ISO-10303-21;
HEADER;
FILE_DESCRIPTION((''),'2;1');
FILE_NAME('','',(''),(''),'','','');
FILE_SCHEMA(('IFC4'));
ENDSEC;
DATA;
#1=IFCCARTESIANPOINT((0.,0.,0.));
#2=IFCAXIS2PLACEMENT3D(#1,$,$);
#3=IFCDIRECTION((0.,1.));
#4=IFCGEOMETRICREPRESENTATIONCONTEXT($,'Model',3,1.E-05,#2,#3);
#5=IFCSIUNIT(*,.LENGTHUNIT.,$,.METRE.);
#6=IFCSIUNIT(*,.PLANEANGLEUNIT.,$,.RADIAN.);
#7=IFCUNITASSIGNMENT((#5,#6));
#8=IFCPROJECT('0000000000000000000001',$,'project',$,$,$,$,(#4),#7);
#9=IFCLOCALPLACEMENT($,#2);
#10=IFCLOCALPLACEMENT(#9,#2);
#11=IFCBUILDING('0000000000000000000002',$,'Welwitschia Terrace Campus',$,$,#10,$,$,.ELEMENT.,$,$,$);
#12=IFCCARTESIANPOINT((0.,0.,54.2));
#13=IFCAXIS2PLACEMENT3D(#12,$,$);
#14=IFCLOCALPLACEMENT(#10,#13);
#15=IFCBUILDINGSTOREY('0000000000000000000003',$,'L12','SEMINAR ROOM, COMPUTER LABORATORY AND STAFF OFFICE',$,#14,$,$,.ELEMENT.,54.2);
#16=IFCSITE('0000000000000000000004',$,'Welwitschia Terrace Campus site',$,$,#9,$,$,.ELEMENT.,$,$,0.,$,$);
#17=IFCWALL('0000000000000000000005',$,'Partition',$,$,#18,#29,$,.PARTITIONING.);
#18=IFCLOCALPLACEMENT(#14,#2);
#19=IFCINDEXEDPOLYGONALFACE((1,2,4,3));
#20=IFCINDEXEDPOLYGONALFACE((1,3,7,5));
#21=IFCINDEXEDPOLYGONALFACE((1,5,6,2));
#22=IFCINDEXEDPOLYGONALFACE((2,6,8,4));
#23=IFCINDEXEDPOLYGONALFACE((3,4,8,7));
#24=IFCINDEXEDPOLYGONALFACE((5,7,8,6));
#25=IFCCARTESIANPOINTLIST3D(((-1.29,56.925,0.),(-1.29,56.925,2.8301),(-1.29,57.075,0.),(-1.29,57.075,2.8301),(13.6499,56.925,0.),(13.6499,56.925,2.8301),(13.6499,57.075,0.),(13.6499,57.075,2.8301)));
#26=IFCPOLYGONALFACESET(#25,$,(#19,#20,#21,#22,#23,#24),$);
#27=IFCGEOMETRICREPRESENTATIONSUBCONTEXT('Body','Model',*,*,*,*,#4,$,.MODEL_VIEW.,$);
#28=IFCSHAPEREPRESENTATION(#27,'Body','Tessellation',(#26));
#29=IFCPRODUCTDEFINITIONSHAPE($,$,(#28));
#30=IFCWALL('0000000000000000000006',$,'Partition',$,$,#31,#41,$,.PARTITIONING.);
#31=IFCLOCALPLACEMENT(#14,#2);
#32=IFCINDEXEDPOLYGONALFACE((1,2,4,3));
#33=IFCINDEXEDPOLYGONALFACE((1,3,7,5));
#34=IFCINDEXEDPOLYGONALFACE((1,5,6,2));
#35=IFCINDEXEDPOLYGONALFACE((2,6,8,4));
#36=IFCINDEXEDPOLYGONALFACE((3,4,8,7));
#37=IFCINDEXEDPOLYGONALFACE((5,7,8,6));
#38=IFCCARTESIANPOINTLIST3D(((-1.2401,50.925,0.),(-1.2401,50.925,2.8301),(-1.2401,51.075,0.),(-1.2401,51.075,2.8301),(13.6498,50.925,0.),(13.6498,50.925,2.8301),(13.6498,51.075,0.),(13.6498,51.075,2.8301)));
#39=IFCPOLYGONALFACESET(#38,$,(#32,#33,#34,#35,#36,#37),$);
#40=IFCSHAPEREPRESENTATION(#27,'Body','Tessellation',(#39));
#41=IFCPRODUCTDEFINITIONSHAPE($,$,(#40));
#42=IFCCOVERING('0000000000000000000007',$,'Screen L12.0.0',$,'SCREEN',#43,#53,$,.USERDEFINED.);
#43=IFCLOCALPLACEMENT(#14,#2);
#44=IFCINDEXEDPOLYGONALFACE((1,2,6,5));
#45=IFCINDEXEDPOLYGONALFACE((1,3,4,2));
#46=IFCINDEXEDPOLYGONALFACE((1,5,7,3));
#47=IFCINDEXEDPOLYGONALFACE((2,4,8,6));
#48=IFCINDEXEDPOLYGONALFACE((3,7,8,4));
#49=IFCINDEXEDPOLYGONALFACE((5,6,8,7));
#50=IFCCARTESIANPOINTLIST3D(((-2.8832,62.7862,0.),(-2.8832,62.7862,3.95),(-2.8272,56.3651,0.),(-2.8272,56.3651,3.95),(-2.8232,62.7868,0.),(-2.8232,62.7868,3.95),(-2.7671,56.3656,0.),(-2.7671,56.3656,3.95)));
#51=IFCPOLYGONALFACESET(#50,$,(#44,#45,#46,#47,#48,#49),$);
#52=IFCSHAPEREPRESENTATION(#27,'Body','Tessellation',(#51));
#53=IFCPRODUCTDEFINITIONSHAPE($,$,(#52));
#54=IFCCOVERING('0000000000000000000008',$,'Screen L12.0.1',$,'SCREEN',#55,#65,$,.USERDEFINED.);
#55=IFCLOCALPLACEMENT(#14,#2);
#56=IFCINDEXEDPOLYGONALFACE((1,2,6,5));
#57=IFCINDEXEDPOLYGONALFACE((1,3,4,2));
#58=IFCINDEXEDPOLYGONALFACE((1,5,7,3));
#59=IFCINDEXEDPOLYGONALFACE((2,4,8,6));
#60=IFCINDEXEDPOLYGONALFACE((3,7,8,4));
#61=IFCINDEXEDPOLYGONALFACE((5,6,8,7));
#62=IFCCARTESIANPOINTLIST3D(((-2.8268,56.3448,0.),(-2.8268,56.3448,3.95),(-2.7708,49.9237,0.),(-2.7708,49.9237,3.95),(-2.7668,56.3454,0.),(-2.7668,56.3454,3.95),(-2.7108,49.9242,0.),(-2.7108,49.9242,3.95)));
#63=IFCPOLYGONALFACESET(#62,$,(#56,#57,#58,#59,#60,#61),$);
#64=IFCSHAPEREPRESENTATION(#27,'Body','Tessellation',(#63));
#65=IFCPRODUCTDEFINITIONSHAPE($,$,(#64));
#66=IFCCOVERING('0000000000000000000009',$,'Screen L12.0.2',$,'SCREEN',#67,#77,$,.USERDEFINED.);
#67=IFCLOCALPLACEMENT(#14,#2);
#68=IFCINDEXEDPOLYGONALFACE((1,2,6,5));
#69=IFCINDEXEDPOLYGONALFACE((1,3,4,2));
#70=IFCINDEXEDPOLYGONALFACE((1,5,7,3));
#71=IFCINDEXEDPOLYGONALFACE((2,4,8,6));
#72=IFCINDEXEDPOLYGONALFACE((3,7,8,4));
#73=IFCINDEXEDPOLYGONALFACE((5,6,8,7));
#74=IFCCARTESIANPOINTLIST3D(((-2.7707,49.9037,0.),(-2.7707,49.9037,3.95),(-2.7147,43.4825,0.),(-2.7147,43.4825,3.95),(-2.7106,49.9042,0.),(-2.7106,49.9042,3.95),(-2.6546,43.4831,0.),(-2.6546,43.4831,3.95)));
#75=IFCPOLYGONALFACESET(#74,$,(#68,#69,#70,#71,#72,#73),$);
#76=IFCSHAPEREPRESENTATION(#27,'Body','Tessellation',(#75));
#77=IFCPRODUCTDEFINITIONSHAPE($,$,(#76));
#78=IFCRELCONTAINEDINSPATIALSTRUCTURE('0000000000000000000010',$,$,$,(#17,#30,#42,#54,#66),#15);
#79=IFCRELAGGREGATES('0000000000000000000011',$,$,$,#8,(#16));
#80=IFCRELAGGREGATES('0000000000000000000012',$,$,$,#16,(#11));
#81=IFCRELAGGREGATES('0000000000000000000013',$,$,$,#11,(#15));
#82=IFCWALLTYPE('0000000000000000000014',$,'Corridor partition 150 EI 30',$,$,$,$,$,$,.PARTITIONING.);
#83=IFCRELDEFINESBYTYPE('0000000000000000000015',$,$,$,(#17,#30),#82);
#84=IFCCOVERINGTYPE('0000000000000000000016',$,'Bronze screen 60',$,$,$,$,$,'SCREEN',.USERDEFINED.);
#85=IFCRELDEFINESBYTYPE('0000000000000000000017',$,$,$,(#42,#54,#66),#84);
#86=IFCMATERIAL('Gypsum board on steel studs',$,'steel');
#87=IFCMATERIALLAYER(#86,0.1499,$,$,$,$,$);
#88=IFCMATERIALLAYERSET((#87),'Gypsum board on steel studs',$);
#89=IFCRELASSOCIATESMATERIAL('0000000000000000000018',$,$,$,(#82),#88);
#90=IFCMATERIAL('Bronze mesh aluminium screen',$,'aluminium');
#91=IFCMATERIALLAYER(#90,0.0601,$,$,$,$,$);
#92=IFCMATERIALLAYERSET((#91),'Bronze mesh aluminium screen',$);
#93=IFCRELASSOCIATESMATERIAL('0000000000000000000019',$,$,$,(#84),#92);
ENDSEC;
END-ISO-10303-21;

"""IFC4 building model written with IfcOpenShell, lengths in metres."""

from ifc_helpers import new_model, si_unit, direction, frame, frame_2d, origin, origin_2d, place, context, subcontext, project, spatial, rectangle, extrude, material, layer, layer_set, type_object, element, save


model = new_model("IFC4")

# Units and contexts
model_context = context("Model", 3, precision=1e-05, world=origin(), true_north=direction((0.0, 1.0)))
body_context = subcontext(model_context, "Body", "Model", "MODEL_VIEW")
ifc_project = project(units=[si_unit("LENGTHUNIT", "METRE"), si_unit("PLANEANGLEUNIT", "RADIAN")], contexts=[model_context])

# Site, building, storey
site_placement = place(None, origin())
site = spatial("IfcSite", under=ifc_project, at=site_placement, Name="Welwitschia Terrace Campus site", CompositionType="ELEMENT", RefElevation=0.0)
building_placement = place(site_placement, origin())
building = spatial("IfcBuilding", under=site, at=building_placement, Name="Welwitschia Terrace Campus", CompositionType="ELEMENT")
storey_placement = place(building_placement, frame((0.0, 0.0, 54.2)))
storey = spatial("IfcBuildingStorey", under=building, at=storey_placement, Name="L12", Description="SEMINAR ROOM, COMPUTER LABORATORY AND STAFF OFFICE", CompositionType="ELEMENT", Elevation=54.2)

# Walls
ifc_material_1 = material(Name="Gypsum board on steel studs", Category="steel")
ifc_layer_1 = layer(ifc_material_1, 0.1499)
ifc_layer_set_1 = layer_set([ifc_layer_1], Name="Gypsum board on steel studs")
wall_type = type_object("IfcWallType", Name="Corridor partition 150 EI 30", PredefinedType="PARTITIONING", material=ifc_layer_set_1)
wall_1_placement = place(storey_placement, frame((-1.29, 57.0, 0.0), z_axis=(0.0, 0.0, 1.0), x_axis=(1.0, 0.0, 0.0)))
element("IfcWall", 1, at=wall_1_placement, inside=storey, type_object=wall_type, Name="Partition", PredefinedType="PARTITIONING", context=body_context, shape_type="SweptSolid", body=[
    extrude(rectangle(XDim=14.9399, YDim=0.1499, at=frame_2d((7.47, 0.0))), origin(), (0.0, 0.0, 1.0), 2.8301),
])
wall_2_placement = place(storey_placement, frame((-1.24, 51.0, 0.0), z_axis=(0.0, 0.0, 1.0), x_axis=(1.0, 0.0, 0.0)))
element("IfcWall", 2, at=wall_2_placement, inside=storey, type_object=wall_type, Name="Partition", PredefinedType="PARTITIONING", context=body_context, shape_type="SweptSolid", body=[
    extrude(rectangle(XDim=14.8899, YDim=0.1499, at=frame_2d((7.4448, 0.0))), origin(), (0.0, 0.0, 1.0), 2.8301),
])

# Coverings
ifc_material_2 = material(Name="Bronze mesh aluminium screen", Category="aluminium")
ifc_layer_2 = layer(ifc_material_2, 0.0601)
ifc_layer_set_2 = layer_set([ifc_layer_2], Name="Bronze mesh aluminium screen")
covering_type = type_object("IfcCoveringType", Name="Bronze screen 60", ElementType="SCREEN", PredefinedType="USERDEFINED", material=ifc_layer_set_2)
for number, where, z_axis, x_axis, name in (
    (3, (-2.8252, 59.5759, 0.0), (0.0, 0.0, 1.0), (0.008727, -0.999962, 0.0), "Screen L12.0.0"),
    (4, (-2.7688, 53.1345, 0.0), (0.0, 0.0, 1.0), (0.008727, -0.999962, 0.0), "Screen L12.0.1"),
    (5, (-2.7126, 46.6934, 0.0), (0.0, 0.0, 1.0), (0.008727, -0.999962, 0.0), "Screen L12.0.2"),
):
    element("IfcCovering", number, at=place(storey_placement, frame(where, z_axis=z_axis, x_axis=x_axis)), inside=storey, type_object=covering_type, Name=name, ObjectType="SCREEN", PredefinedType="USERDEFINED", context=body_context, shape_type="SweptSolid", body=[
        extrude(rectangle(XDim=6.4214, YDim=0.0601, at=origin_2d()), origin(), (0.0, 0.0, 1.0), 3.95),
    ])

save(model, "model.ifc")
